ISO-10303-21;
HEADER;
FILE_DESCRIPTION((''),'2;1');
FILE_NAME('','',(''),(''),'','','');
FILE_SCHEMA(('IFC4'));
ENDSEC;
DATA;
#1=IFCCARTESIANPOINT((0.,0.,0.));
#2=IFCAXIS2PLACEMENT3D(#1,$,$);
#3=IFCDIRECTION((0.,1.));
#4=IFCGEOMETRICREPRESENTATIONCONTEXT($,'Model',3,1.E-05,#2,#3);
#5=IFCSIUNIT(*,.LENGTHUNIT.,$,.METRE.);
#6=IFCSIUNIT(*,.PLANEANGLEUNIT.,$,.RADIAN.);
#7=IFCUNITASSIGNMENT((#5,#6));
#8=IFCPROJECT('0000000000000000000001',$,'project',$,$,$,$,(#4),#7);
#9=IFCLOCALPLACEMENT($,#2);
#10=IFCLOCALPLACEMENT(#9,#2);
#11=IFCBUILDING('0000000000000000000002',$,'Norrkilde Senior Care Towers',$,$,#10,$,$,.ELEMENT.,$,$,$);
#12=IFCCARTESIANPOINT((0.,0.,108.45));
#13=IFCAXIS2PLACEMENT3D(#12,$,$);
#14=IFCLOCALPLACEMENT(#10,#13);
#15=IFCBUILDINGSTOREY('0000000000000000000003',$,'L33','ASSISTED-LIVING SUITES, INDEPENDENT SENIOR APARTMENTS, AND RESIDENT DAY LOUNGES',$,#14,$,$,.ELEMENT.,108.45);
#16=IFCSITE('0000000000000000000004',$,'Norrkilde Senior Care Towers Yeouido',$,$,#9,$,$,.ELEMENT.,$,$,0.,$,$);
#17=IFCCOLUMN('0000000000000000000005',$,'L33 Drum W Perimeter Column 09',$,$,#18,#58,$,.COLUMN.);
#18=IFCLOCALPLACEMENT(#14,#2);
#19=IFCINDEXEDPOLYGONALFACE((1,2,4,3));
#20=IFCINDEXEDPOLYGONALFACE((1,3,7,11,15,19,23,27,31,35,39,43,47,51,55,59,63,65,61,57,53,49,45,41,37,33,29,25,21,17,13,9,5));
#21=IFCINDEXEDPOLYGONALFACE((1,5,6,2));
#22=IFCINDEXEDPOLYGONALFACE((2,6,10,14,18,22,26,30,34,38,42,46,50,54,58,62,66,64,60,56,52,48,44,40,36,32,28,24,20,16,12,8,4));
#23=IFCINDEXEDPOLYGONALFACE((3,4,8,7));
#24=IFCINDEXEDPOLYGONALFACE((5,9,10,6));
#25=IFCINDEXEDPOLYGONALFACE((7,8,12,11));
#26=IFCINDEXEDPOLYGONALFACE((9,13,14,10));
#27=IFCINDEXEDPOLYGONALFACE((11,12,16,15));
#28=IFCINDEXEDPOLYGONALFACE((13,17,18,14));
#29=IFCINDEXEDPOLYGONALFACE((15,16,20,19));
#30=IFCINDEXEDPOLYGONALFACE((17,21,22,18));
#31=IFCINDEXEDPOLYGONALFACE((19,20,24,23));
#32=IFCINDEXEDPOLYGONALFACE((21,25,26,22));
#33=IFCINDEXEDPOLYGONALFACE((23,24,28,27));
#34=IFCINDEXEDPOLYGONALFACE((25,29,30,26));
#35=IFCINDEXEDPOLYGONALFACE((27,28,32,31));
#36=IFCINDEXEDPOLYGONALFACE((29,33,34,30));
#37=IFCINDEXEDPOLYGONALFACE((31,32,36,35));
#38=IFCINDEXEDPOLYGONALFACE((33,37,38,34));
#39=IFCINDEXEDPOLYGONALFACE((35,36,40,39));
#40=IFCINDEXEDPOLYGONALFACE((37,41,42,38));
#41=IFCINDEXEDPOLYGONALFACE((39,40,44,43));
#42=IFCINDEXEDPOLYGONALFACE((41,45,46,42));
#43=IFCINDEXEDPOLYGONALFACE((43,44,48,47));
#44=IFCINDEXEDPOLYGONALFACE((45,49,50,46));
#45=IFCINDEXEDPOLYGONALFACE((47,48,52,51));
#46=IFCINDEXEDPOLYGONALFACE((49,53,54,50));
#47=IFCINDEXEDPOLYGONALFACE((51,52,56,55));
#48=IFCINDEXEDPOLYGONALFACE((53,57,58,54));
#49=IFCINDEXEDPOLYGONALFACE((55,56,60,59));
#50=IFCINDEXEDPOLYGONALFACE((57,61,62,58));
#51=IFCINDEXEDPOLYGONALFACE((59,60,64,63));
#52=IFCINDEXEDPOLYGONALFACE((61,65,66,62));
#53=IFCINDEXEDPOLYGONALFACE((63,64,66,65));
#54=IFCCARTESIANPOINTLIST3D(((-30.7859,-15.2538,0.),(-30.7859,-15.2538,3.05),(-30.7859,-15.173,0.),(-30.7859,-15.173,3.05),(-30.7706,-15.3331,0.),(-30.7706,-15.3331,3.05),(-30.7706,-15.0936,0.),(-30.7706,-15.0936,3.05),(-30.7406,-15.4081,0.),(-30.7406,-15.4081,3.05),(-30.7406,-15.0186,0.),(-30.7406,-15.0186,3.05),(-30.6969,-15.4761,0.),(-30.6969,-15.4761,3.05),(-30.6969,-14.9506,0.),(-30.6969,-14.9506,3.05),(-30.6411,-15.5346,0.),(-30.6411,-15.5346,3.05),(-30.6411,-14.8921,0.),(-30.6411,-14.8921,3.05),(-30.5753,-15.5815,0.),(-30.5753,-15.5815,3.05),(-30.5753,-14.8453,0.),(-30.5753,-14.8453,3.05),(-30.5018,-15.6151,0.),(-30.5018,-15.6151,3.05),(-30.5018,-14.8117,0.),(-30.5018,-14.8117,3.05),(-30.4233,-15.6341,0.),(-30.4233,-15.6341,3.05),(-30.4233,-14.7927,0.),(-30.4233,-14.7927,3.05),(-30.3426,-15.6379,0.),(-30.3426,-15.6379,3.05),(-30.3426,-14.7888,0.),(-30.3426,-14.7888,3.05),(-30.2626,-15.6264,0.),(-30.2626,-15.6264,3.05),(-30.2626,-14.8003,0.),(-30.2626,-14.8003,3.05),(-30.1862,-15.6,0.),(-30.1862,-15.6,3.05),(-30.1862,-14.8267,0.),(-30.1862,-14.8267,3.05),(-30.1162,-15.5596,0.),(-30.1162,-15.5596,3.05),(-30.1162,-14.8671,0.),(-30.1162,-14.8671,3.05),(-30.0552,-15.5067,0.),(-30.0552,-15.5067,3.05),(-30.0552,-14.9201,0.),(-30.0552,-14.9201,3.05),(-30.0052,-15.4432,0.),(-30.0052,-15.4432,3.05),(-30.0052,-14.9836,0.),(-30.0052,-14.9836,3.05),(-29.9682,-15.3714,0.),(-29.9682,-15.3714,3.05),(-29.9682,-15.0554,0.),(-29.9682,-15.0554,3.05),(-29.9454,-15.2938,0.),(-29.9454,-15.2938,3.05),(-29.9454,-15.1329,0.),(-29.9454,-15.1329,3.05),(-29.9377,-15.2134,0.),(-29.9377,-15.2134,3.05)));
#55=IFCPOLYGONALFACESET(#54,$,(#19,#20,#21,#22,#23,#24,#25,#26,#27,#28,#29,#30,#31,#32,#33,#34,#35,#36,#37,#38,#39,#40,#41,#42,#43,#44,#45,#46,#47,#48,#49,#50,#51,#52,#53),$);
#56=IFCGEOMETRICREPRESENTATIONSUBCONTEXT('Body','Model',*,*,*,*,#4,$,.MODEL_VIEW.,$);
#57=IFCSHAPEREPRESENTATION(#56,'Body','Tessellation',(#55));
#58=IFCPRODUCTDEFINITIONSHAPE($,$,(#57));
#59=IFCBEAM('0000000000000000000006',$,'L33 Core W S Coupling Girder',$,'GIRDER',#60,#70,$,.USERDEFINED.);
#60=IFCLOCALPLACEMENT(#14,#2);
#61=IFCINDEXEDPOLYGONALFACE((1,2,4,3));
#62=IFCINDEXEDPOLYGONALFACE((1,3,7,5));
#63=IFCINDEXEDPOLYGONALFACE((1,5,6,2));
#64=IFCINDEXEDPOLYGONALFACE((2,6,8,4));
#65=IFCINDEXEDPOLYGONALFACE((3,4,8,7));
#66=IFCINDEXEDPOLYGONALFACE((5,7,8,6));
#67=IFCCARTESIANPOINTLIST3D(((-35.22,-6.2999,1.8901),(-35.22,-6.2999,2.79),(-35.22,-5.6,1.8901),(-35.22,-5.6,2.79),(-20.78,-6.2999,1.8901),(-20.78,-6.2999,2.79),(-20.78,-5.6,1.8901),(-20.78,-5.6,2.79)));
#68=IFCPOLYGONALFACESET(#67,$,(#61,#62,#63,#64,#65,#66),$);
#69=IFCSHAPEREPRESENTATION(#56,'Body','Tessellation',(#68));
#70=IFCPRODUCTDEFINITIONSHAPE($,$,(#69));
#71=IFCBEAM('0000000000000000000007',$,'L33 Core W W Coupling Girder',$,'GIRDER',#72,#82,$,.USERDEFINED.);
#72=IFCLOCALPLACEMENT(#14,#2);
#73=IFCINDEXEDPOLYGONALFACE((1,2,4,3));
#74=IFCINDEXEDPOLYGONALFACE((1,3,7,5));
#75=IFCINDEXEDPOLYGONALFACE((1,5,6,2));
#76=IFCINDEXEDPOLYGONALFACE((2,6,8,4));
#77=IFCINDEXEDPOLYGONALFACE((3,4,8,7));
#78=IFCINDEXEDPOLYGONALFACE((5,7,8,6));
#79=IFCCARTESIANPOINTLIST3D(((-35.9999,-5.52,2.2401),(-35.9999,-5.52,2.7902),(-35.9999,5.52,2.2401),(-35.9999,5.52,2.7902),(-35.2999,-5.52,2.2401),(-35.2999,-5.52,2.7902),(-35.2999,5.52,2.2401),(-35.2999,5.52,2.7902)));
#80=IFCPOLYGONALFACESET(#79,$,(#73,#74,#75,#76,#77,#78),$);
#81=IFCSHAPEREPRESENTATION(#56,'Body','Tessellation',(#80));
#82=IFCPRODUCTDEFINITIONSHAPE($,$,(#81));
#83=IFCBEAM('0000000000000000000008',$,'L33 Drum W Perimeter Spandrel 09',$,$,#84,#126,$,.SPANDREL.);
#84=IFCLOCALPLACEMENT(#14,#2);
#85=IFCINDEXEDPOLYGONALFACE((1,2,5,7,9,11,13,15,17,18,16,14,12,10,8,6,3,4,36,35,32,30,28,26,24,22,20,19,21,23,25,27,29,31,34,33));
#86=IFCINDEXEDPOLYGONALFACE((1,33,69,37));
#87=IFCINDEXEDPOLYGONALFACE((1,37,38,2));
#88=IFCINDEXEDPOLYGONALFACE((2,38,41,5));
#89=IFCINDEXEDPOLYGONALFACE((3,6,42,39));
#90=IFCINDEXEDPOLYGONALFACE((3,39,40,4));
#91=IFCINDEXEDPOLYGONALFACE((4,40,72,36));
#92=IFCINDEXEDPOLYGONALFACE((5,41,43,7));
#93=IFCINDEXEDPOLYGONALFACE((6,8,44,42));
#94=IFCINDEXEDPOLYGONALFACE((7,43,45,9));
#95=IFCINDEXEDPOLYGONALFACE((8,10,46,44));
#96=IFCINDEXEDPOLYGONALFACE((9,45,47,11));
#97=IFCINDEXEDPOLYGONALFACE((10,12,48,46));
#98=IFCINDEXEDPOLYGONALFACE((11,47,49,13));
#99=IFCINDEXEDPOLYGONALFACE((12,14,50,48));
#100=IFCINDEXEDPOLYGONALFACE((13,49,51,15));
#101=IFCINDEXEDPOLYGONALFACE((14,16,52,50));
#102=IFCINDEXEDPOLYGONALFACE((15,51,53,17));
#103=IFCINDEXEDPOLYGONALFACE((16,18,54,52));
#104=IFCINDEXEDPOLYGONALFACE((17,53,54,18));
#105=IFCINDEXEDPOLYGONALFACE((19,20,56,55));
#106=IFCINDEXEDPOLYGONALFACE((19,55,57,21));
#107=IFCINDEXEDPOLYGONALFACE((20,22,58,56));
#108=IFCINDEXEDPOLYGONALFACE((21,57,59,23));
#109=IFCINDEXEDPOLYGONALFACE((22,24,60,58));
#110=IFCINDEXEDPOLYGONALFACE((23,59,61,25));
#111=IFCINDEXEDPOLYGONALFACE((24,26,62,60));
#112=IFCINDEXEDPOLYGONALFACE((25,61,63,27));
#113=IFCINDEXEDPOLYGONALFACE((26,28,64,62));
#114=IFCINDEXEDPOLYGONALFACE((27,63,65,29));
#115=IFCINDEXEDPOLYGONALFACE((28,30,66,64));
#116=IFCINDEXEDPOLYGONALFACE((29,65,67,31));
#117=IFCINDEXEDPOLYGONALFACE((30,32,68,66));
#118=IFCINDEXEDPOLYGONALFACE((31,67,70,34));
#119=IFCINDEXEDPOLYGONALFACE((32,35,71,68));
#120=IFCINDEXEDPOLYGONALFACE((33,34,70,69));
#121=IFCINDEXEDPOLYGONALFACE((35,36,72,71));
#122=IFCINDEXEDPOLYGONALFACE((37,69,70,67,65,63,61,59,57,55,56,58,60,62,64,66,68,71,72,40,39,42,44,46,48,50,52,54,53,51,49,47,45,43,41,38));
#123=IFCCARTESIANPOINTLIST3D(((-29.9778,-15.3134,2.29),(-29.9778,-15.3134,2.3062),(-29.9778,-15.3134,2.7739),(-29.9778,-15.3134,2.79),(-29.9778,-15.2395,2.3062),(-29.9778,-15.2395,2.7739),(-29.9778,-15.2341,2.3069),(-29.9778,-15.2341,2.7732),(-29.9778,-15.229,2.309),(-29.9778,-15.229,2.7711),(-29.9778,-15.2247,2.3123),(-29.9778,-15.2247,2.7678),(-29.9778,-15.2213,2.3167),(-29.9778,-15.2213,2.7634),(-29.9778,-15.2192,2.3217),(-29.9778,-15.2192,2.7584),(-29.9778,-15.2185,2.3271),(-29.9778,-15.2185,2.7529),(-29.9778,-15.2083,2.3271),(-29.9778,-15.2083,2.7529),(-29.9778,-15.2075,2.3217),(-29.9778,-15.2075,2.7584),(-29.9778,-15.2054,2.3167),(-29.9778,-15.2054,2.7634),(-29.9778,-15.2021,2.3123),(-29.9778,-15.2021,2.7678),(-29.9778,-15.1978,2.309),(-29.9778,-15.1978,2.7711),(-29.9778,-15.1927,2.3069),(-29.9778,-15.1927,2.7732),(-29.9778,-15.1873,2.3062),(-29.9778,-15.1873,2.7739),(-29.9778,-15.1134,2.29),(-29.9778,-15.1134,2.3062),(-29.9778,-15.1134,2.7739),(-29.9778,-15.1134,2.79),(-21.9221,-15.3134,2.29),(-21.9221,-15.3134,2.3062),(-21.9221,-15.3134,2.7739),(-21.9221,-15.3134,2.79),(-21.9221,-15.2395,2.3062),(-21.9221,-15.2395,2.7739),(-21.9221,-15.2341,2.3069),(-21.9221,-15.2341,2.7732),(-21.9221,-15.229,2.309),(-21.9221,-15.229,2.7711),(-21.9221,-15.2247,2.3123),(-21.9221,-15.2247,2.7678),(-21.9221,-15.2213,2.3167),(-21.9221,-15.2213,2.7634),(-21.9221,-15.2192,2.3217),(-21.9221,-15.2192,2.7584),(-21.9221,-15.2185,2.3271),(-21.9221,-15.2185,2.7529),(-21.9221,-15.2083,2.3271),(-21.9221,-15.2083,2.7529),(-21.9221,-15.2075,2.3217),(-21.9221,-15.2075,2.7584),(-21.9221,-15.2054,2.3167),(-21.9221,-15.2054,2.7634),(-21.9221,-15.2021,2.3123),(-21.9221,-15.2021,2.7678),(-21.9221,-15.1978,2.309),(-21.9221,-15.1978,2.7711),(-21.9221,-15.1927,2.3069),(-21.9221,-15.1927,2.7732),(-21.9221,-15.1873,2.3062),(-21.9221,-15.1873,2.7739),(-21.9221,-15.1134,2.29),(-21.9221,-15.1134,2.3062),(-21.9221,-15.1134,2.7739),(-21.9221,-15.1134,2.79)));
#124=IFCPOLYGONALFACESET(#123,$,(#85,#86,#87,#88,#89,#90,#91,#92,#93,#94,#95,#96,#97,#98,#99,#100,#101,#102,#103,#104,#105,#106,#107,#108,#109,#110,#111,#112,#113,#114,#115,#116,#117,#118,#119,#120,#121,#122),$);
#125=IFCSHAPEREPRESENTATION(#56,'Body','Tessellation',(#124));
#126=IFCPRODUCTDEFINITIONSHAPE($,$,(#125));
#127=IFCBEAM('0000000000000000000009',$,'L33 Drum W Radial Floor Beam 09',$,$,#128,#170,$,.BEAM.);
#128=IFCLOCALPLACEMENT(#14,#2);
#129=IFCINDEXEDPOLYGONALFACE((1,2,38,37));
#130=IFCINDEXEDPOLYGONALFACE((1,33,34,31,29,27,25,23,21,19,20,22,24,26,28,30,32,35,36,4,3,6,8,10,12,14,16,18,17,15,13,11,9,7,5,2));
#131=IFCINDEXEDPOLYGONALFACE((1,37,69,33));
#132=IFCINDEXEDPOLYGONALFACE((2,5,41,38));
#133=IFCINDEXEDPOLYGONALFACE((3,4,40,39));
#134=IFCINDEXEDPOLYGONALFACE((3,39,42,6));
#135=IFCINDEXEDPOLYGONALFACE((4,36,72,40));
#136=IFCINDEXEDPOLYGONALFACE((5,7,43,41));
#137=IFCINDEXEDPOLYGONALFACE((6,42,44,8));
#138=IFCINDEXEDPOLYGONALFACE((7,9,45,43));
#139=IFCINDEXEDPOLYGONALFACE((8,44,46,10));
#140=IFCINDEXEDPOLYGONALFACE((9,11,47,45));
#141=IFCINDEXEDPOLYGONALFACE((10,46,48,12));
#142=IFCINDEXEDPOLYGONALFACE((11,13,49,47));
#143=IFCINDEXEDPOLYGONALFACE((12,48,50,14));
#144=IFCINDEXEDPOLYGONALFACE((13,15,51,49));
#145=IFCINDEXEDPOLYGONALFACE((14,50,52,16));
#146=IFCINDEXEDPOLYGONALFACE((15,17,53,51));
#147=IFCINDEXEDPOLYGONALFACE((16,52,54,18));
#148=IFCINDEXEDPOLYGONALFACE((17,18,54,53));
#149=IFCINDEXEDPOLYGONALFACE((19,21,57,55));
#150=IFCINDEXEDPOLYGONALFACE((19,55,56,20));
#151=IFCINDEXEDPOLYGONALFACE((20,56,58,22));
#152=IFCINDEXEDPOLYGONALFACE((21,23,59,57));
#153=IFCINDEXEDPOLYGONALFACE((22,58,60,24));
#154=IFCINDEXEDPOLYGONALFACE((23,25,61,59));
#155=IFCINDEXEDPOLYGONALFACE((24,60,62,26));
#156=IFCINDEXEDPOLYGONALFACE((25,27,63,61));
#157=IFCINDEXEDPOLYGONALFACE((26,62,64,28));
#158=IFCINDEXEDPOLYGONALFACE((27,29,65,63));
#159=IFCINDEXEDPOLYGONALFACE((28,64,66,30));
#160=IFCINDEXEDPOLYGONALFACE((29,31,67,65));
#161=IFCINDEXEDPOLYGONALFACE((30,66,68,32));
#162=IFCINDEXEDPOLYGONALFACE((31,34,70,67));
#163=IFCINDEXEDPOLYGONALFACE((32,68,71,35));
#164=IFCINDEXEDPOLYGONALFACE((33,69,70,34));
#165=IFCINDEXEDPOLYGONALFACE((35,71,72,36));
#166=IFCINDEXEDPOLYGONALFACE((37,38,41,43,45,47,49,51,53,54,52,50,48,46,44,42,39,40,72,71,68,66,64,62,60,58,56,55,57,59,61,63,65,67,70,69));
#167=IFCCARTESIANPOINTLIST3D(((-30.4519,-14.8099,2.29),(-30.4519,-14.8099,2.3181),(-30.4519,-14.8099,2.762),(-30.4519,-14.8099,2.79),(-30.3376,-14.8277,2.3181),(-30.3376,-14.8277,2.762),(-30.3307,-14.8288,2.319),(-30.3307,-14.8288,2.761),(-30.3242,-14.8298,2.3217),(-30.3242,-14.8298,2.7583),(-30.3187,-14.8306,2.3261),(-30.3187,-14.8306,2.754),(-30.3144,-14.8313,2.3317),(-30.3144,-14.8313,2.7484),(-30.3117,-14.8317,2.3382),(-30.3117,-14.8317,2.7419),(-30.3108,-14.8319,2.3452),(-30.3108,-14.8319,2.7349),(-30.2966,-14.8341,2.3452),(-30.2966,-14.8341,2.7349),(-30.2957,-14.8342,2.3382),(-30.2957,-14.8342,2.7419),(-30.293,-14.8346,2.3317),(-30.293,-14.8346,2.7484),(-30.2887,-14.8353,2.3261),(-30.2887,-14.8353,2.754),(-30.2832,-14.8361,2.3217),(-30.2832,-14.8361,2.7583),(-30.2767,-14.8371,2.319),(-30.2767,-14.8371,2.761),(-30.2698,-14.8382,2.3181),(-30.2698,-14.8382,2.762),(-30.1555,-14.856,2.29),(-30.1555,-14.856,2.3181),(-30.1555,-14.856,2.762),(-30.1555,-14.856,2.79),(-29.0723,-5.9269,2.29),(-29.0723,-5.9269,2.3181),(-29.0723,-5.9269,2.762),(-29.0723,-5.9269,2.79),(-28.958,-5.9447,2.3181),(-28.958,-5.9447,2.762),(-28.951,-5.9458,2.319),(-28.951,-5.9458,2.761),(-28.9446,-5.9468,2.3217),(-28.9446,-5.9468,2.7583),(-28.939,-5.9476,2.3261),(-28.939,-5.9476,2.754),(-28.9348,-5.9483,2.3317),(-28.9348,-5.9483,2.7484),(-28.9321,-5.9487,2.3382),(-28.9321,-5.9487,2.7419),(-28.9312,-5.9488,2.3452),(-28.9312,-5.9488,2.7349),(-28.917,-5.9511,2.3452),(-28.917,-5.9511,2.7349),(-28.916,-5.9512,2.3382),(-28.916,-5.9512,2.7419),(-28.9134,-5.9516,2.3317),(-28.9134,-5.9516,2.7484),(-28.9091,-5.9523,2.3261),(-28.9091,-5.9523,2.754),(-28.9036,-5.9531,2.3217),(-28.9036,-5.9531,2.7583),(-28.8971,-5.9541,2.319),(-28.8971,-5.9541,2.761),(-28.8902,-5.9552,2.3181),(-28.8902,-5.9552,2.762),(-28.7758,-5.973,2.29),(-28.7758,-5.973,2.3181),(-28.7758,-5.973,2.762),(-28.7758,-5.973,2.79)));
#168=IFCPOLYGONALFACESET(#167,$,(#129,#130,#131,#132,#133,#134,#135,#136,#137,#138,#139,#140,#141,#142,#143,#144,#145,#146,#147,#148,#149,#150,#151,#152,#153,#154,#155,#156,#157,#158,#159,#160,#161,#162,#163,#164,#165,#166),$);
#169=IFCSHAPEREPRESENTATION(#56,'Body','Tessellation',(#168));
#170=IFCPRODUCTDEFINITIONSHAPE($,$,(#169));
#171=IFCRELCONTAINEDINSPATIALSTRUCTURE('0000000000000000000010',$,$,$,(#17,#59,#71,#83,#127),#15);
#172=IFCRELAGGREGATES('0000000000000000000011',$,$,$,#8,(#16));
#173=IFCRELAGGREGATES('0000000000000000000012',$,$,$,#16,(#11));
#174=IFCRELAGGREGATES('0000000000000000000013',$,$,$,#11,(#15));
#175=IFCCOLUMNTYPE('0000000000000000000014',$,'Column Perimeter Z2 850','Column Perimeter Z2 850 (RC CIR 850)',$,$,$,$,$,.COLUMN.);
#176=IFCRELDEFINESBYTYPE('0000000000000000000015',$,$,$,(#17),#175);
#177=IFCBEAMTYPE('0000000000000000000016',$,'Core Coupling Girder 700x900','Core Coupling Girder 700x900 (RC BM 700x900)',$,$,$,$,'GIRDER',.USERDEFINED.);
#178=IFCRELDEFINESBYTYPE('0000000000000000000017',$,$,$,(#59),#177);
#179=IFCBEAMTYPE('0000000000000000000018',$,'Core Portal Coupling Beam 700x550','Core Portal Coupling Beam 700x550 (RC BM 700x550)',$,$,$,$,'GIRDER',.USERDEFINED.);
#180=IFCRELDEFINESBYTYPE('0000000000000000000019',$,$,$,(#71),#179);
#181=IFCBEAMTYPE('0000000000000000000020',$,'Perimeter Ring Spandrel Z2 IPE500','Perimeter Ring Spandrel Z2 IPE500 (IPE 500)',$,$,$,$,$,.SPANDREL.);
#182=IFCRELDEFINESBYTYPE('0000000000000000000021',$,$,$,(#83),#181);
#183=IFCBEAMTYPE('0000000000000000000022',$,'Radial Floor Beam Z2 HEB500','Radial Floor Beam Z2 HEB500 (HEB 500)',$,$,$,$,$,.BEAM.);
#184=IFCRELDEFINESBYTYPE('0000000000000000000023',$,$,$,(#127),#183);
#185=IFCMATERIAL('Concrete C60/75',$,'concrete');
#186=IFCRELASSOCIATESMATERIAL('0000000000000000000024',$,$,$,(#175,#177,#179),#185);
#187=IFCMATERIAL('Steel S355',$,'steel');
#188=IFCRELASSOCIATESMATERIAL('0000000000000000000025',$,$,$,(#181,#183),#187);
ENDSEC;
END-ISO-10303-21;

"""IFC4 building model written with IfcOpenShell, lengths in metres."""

from ifc_helpers import new_model, si_unit, direction, frame, origin, origin_2d, place, context, subcontext, project, spatial, rectangle, circle, i_section, extrude, source, transform, mapped, material, material_profile, profile_set, type_object, type_shapes, element, save


model = new_model("IFC4")

# Units and contexts
model_context = context("Model", 3, precision=1e-05, world=origin(), true_north=direction((0.0, 1.0)))
body_context = subcontext(model_context, "Body", "Model", "MODEL_VIEW")
ifc_project = project(units=[si_unit("LENGTHUNIT", "METRE"), si_unit("PLANEANGLEUNIT", "RADIAN")], contexts=[model_context])

# Site, building, storey
site_placement = place(None, origin())
site = spatial("IfcSite", under=ifc_project, at=site_placement, Name="Norrkilde Senior Care Towers Yeouido", CompositionType="ELEMENT", RefElevation=0.0)
building_placement = place(site_placement, origin())
building = spatial("IfcBuilding", under=site, at=building_placement, Name="Norrkilde Senior Care Towers", CompositionType="ELEMENT")
storey_placement = place(building_placement, frame((0.0, 0.0, 108.45)))
storey = spatial("IfcBuildingStorey", under=building, at=storey_placement, Name="L33", Description="ASSISTED-LIVING SUITES, INDEPENDENT SENIOR APARTMENTS, AND RESIDENT DAY LOUNGES", CompositionType="ELEMENT", Elevation=108.45)

# Column
ifc_material_1 = material(Name="Concrete C60/75", Category="concrete")
ifc_material_profile_1 = material_profile(ifc_material_1, circle(Radius=0.425, at=origin_2d()), Name="RC CIR 850")
ifc_profile_set_1 = profile_set([ifc_material_profile_1], Name="Concrete C60/75")
column_type = type_object("IfcColumnType", Name="Column Perimeter Z2 850", Description="Column Perimeter Z2 850 (RC CIR 850)", PredefinedType="COLUMN", material=ifc_profile_set_1)
shared_shape_1 = source(origin(), body_context, "Body", "SweptSolid", [
    extrude(circle(Radius=0.425, at=origin_2d()), origin(), (0.0, 0.0, 1.0), 3.05),
])
type_shapes(column_type, [shared_shape_1])
column_placement = place(storey_placement, frame((-30.3628, -15.2134, 0.0), z_axis=(0.0, 0.0, 1.0), x_axis=(1.0, 0.0, 0.0)))
element("IfcColumn", 1, at=column_placement, inside=storey, type_object=column_type, Name="L33 Drum W Perimeter Column 09", PredefinedType="COLUMN", context=body_context, shape_type="MappedRepresentation", body=[
    mapped(shared_shape_1, transform((0.0, 0.0, 0.0), x_axis=(1.0, 0.0, 0.0), y_axis=(0.0, 1.0, 0.0), z_axis=(0.0, 0.0, 1.0), scale=1.0)),
])

# Beams
ifc_material_profile_2 = material_profile(ifc_material_1, rectangle(XDim=0.7, YDim=0.8999, at=origin_2d()), Name="RC BM 700x900")
ifc_profile_set_2 = profile_set([ifc_material_profile_2], Name="Concrete C60/75")
beam_type_1 = type_object("IfcBeamType", Name="Core Coupling Girder 700x900", Description="Core Coupling Girder 700x900 (RC BM 700x900)", ElementType="GIRDER", PredefinedType="USERDEFINED", material=ifc_profile_set_2)
shared_shape_2 = source(origin(), body_context, "Body", "SweptSolid", [
    extrude(rectangle(XDim=0.7, YDim=0.8999, at=origin_2d()), origin(), (0.0, 0.0, 1.0), 14.4399),
])
type_shapes(beam_type_1, [shared_shape_2])
beam_1_placement = place(storey_placement, frame((-35.22, -5.95, 2.3401), z_axis=(1.0, 0.0, 0.0), x_axis=(0.0, 1.0, 0.0)))
element("IfcBeam", 2, at=beam_1_placement, inside=storey, type_object=beam_type_1, Name="L33 Core W S Coupling Girder", ObjectType="GIRDER", PredefinedType="USERDEFINED", context=body_context, shape_type="MappedRepresentation", body=[
    mapped(shared_shape_2, transform((0.0, 0.0, 0.0), x_axis=(1.0, 0.0, 0.0), y_axis=(0.0, 1.0, 0.0), z_axis=(0.0, 0.0, 1.0), scale=1.0)),
])
ifc_material_profile_3 = material_profile(ifc_material_1, rectangle(XDim=0.7, YDim=0.55, at=origin_2d()), Name="RC BM 700x550")
ifc_profile_set_3 = profile_set([ifc_material_profile_3], Name="Concrete C60/75")
beam_type_2 = type_object("IfcBeamType", Name="Core Portal Coupling Beam 700x550", Description="Core Portal Coupling Beam 700x550 (RC BM 700x550)", ElementType="GIRDER", PredefinedType="USERDEFINED", material=ifc_profile_set_3)
shared_shape_3 = source(origin(), body_context, "Body", "SweptSolid", [
    extrude(rectangle(XDim=0.7, YDim=0.55, at=origin_2d()), origin(), (0.0, 0.0, 1.0), 11.04),
])
type_shapes(beam_type_2, [shared_shape_3])
beam_2_placement = place(storey_placement, frame((-35.6499, -5.52, 2.5151), z_axis=(0.0, 1.0, 0.0), x_axis=(-1.0, 0.0, 0.0)))
element("IfcBeam", 3, at=beam_2_placement, inside=storey, type_object=beam_type_2, Name="L33 Core W W Coupling Girder", ObjectType="GIRDER", PredefinedType="USERDEFINED", context=body_context, shape_type="MappedRepresentation", body=[
    mapped(shared_shape_3, transform((0.0, 0.0, 0.0), x_axis=(1.0, 0.0, 0.0), y_axis=(0.0, 1.0, 0.0), z_axis=(0.0, 0.0, 1.0), scale=1.0)),
])
ifc_material_2 = material(Name="Steel S355", Category="steel")
ifc_material_profile_4 = material_profile(ifc_material_2, i_section(OverallWidth=0.2, OverallDepth=0.5, WebThickness=0.0103, FlangeThickness=0.0161, FilletRadius=0.021, at=origin_2d()), Name="IPE 500")
ifc_profile_set_4 = profile_set([ifc_material_profile_4], Name="Steel S355")
beam_type_3 = type_object("IfcBeamType", Name="Perimeter Ring Spandrel Z2 IPE500", Description="Perimeter Ring Spandrel Z2 IPE500 (IPE 500)", PredefinedType="SPANDREL", material=ifc_profile_set_4)
shared_shape_4 = source(origin(), body_context, "Body", "SweptSolid", [
    extrude(i_section(OverallWidth=0.2, OverallDepth=0.5, WebThickness=0.0103, FlangeThickness=0.0161, FilletRadius=0.021, at=origin_2d()), origin(), (0.0, 0.0, 1.0), 8.0557),
])
type_shapes(beam_type_3, [shared_shape_4])
beam_3_placement = place(storey_placement, frame((-29.9778, -15.2134, 2.54), z_axis=(1.0, 0.0, 0.0), x_axis=(0.0, 1.0, 0.0)))
element("IfcBeam", 4, at=beam_3_placement, inside=storey, type_object=beam_type_3, Name="L33 Drum W Perimeter Spandrel 09", PredefinedType="SPANDREL", context=body_context, shape_type="MappedRepresentation", body=[
    mapped(shared_shape_4, transform((0.0, 0.0, 0.0), x_axis=(1.0, 0.0, 0.0), y_axis=(0.0, 1.0, 0.0), z_axis=(0.0, 0.0, 1.0), scale=1.0)),
])
ifc_material_profile_5 = material_profile(ifc_material_2, i_section(OverallWidth=0.3, OverallDepth=0.5, WebThickness=0.0144, FlangeThickness=0.0281, FilletRadius=0.0271, at=origin_2d()), Name="HEB 500")
ifc_profile_set_5 = profile_set([ifc_material_profile_5], Name="Steel S355")
beam_type_4 = type_object("IfcBeamType", Name="Radial Floor Beam Z2 HEB500", Description="Radial Floor Beam Z2 HEB500 (HEB 500)", PredefinedType="BEAM", material=ifc_profile_set_5)
shared_shape_5 = source(origin(), body_context, "Body", "SweptSolid", [
    extrude(i_section(OverallWidth=0.3, OverallDepth=0.5, WebThickness=0.0144, FlangeThickness=0.0281, FilletRadius=0.0271, at=origin_2d()), origin(), (0.0, 0.0, 1.0), 8.9895),
])
beam_4_placement = place(storey_placement, frame((-28.9241, -5.95, 2.54), z_axis=(-0.153471, -0.988153, 0.0), x_axis=(0.988153, -0.153471, 0.0)))
element("IfcBeam", 5, at=beam_4_placement, inside=storey, type_object=beam_type_4, Name="L33 Drum W Radial Floor Beam 09", PredefinedType="BEAM", context=body_context, shape_type="MappedRepresentation", body=[
    mapped(shared_shape_5, transform((0.0, 0.0, 0.0), x_axis=(1.0, 0.0, 0.0), y_axis=(0.0, 1.0, 0.0), z_axis=(0.0, 0.0, 1.0), scale=1.0)),
])

save(model, "model.ifc")
